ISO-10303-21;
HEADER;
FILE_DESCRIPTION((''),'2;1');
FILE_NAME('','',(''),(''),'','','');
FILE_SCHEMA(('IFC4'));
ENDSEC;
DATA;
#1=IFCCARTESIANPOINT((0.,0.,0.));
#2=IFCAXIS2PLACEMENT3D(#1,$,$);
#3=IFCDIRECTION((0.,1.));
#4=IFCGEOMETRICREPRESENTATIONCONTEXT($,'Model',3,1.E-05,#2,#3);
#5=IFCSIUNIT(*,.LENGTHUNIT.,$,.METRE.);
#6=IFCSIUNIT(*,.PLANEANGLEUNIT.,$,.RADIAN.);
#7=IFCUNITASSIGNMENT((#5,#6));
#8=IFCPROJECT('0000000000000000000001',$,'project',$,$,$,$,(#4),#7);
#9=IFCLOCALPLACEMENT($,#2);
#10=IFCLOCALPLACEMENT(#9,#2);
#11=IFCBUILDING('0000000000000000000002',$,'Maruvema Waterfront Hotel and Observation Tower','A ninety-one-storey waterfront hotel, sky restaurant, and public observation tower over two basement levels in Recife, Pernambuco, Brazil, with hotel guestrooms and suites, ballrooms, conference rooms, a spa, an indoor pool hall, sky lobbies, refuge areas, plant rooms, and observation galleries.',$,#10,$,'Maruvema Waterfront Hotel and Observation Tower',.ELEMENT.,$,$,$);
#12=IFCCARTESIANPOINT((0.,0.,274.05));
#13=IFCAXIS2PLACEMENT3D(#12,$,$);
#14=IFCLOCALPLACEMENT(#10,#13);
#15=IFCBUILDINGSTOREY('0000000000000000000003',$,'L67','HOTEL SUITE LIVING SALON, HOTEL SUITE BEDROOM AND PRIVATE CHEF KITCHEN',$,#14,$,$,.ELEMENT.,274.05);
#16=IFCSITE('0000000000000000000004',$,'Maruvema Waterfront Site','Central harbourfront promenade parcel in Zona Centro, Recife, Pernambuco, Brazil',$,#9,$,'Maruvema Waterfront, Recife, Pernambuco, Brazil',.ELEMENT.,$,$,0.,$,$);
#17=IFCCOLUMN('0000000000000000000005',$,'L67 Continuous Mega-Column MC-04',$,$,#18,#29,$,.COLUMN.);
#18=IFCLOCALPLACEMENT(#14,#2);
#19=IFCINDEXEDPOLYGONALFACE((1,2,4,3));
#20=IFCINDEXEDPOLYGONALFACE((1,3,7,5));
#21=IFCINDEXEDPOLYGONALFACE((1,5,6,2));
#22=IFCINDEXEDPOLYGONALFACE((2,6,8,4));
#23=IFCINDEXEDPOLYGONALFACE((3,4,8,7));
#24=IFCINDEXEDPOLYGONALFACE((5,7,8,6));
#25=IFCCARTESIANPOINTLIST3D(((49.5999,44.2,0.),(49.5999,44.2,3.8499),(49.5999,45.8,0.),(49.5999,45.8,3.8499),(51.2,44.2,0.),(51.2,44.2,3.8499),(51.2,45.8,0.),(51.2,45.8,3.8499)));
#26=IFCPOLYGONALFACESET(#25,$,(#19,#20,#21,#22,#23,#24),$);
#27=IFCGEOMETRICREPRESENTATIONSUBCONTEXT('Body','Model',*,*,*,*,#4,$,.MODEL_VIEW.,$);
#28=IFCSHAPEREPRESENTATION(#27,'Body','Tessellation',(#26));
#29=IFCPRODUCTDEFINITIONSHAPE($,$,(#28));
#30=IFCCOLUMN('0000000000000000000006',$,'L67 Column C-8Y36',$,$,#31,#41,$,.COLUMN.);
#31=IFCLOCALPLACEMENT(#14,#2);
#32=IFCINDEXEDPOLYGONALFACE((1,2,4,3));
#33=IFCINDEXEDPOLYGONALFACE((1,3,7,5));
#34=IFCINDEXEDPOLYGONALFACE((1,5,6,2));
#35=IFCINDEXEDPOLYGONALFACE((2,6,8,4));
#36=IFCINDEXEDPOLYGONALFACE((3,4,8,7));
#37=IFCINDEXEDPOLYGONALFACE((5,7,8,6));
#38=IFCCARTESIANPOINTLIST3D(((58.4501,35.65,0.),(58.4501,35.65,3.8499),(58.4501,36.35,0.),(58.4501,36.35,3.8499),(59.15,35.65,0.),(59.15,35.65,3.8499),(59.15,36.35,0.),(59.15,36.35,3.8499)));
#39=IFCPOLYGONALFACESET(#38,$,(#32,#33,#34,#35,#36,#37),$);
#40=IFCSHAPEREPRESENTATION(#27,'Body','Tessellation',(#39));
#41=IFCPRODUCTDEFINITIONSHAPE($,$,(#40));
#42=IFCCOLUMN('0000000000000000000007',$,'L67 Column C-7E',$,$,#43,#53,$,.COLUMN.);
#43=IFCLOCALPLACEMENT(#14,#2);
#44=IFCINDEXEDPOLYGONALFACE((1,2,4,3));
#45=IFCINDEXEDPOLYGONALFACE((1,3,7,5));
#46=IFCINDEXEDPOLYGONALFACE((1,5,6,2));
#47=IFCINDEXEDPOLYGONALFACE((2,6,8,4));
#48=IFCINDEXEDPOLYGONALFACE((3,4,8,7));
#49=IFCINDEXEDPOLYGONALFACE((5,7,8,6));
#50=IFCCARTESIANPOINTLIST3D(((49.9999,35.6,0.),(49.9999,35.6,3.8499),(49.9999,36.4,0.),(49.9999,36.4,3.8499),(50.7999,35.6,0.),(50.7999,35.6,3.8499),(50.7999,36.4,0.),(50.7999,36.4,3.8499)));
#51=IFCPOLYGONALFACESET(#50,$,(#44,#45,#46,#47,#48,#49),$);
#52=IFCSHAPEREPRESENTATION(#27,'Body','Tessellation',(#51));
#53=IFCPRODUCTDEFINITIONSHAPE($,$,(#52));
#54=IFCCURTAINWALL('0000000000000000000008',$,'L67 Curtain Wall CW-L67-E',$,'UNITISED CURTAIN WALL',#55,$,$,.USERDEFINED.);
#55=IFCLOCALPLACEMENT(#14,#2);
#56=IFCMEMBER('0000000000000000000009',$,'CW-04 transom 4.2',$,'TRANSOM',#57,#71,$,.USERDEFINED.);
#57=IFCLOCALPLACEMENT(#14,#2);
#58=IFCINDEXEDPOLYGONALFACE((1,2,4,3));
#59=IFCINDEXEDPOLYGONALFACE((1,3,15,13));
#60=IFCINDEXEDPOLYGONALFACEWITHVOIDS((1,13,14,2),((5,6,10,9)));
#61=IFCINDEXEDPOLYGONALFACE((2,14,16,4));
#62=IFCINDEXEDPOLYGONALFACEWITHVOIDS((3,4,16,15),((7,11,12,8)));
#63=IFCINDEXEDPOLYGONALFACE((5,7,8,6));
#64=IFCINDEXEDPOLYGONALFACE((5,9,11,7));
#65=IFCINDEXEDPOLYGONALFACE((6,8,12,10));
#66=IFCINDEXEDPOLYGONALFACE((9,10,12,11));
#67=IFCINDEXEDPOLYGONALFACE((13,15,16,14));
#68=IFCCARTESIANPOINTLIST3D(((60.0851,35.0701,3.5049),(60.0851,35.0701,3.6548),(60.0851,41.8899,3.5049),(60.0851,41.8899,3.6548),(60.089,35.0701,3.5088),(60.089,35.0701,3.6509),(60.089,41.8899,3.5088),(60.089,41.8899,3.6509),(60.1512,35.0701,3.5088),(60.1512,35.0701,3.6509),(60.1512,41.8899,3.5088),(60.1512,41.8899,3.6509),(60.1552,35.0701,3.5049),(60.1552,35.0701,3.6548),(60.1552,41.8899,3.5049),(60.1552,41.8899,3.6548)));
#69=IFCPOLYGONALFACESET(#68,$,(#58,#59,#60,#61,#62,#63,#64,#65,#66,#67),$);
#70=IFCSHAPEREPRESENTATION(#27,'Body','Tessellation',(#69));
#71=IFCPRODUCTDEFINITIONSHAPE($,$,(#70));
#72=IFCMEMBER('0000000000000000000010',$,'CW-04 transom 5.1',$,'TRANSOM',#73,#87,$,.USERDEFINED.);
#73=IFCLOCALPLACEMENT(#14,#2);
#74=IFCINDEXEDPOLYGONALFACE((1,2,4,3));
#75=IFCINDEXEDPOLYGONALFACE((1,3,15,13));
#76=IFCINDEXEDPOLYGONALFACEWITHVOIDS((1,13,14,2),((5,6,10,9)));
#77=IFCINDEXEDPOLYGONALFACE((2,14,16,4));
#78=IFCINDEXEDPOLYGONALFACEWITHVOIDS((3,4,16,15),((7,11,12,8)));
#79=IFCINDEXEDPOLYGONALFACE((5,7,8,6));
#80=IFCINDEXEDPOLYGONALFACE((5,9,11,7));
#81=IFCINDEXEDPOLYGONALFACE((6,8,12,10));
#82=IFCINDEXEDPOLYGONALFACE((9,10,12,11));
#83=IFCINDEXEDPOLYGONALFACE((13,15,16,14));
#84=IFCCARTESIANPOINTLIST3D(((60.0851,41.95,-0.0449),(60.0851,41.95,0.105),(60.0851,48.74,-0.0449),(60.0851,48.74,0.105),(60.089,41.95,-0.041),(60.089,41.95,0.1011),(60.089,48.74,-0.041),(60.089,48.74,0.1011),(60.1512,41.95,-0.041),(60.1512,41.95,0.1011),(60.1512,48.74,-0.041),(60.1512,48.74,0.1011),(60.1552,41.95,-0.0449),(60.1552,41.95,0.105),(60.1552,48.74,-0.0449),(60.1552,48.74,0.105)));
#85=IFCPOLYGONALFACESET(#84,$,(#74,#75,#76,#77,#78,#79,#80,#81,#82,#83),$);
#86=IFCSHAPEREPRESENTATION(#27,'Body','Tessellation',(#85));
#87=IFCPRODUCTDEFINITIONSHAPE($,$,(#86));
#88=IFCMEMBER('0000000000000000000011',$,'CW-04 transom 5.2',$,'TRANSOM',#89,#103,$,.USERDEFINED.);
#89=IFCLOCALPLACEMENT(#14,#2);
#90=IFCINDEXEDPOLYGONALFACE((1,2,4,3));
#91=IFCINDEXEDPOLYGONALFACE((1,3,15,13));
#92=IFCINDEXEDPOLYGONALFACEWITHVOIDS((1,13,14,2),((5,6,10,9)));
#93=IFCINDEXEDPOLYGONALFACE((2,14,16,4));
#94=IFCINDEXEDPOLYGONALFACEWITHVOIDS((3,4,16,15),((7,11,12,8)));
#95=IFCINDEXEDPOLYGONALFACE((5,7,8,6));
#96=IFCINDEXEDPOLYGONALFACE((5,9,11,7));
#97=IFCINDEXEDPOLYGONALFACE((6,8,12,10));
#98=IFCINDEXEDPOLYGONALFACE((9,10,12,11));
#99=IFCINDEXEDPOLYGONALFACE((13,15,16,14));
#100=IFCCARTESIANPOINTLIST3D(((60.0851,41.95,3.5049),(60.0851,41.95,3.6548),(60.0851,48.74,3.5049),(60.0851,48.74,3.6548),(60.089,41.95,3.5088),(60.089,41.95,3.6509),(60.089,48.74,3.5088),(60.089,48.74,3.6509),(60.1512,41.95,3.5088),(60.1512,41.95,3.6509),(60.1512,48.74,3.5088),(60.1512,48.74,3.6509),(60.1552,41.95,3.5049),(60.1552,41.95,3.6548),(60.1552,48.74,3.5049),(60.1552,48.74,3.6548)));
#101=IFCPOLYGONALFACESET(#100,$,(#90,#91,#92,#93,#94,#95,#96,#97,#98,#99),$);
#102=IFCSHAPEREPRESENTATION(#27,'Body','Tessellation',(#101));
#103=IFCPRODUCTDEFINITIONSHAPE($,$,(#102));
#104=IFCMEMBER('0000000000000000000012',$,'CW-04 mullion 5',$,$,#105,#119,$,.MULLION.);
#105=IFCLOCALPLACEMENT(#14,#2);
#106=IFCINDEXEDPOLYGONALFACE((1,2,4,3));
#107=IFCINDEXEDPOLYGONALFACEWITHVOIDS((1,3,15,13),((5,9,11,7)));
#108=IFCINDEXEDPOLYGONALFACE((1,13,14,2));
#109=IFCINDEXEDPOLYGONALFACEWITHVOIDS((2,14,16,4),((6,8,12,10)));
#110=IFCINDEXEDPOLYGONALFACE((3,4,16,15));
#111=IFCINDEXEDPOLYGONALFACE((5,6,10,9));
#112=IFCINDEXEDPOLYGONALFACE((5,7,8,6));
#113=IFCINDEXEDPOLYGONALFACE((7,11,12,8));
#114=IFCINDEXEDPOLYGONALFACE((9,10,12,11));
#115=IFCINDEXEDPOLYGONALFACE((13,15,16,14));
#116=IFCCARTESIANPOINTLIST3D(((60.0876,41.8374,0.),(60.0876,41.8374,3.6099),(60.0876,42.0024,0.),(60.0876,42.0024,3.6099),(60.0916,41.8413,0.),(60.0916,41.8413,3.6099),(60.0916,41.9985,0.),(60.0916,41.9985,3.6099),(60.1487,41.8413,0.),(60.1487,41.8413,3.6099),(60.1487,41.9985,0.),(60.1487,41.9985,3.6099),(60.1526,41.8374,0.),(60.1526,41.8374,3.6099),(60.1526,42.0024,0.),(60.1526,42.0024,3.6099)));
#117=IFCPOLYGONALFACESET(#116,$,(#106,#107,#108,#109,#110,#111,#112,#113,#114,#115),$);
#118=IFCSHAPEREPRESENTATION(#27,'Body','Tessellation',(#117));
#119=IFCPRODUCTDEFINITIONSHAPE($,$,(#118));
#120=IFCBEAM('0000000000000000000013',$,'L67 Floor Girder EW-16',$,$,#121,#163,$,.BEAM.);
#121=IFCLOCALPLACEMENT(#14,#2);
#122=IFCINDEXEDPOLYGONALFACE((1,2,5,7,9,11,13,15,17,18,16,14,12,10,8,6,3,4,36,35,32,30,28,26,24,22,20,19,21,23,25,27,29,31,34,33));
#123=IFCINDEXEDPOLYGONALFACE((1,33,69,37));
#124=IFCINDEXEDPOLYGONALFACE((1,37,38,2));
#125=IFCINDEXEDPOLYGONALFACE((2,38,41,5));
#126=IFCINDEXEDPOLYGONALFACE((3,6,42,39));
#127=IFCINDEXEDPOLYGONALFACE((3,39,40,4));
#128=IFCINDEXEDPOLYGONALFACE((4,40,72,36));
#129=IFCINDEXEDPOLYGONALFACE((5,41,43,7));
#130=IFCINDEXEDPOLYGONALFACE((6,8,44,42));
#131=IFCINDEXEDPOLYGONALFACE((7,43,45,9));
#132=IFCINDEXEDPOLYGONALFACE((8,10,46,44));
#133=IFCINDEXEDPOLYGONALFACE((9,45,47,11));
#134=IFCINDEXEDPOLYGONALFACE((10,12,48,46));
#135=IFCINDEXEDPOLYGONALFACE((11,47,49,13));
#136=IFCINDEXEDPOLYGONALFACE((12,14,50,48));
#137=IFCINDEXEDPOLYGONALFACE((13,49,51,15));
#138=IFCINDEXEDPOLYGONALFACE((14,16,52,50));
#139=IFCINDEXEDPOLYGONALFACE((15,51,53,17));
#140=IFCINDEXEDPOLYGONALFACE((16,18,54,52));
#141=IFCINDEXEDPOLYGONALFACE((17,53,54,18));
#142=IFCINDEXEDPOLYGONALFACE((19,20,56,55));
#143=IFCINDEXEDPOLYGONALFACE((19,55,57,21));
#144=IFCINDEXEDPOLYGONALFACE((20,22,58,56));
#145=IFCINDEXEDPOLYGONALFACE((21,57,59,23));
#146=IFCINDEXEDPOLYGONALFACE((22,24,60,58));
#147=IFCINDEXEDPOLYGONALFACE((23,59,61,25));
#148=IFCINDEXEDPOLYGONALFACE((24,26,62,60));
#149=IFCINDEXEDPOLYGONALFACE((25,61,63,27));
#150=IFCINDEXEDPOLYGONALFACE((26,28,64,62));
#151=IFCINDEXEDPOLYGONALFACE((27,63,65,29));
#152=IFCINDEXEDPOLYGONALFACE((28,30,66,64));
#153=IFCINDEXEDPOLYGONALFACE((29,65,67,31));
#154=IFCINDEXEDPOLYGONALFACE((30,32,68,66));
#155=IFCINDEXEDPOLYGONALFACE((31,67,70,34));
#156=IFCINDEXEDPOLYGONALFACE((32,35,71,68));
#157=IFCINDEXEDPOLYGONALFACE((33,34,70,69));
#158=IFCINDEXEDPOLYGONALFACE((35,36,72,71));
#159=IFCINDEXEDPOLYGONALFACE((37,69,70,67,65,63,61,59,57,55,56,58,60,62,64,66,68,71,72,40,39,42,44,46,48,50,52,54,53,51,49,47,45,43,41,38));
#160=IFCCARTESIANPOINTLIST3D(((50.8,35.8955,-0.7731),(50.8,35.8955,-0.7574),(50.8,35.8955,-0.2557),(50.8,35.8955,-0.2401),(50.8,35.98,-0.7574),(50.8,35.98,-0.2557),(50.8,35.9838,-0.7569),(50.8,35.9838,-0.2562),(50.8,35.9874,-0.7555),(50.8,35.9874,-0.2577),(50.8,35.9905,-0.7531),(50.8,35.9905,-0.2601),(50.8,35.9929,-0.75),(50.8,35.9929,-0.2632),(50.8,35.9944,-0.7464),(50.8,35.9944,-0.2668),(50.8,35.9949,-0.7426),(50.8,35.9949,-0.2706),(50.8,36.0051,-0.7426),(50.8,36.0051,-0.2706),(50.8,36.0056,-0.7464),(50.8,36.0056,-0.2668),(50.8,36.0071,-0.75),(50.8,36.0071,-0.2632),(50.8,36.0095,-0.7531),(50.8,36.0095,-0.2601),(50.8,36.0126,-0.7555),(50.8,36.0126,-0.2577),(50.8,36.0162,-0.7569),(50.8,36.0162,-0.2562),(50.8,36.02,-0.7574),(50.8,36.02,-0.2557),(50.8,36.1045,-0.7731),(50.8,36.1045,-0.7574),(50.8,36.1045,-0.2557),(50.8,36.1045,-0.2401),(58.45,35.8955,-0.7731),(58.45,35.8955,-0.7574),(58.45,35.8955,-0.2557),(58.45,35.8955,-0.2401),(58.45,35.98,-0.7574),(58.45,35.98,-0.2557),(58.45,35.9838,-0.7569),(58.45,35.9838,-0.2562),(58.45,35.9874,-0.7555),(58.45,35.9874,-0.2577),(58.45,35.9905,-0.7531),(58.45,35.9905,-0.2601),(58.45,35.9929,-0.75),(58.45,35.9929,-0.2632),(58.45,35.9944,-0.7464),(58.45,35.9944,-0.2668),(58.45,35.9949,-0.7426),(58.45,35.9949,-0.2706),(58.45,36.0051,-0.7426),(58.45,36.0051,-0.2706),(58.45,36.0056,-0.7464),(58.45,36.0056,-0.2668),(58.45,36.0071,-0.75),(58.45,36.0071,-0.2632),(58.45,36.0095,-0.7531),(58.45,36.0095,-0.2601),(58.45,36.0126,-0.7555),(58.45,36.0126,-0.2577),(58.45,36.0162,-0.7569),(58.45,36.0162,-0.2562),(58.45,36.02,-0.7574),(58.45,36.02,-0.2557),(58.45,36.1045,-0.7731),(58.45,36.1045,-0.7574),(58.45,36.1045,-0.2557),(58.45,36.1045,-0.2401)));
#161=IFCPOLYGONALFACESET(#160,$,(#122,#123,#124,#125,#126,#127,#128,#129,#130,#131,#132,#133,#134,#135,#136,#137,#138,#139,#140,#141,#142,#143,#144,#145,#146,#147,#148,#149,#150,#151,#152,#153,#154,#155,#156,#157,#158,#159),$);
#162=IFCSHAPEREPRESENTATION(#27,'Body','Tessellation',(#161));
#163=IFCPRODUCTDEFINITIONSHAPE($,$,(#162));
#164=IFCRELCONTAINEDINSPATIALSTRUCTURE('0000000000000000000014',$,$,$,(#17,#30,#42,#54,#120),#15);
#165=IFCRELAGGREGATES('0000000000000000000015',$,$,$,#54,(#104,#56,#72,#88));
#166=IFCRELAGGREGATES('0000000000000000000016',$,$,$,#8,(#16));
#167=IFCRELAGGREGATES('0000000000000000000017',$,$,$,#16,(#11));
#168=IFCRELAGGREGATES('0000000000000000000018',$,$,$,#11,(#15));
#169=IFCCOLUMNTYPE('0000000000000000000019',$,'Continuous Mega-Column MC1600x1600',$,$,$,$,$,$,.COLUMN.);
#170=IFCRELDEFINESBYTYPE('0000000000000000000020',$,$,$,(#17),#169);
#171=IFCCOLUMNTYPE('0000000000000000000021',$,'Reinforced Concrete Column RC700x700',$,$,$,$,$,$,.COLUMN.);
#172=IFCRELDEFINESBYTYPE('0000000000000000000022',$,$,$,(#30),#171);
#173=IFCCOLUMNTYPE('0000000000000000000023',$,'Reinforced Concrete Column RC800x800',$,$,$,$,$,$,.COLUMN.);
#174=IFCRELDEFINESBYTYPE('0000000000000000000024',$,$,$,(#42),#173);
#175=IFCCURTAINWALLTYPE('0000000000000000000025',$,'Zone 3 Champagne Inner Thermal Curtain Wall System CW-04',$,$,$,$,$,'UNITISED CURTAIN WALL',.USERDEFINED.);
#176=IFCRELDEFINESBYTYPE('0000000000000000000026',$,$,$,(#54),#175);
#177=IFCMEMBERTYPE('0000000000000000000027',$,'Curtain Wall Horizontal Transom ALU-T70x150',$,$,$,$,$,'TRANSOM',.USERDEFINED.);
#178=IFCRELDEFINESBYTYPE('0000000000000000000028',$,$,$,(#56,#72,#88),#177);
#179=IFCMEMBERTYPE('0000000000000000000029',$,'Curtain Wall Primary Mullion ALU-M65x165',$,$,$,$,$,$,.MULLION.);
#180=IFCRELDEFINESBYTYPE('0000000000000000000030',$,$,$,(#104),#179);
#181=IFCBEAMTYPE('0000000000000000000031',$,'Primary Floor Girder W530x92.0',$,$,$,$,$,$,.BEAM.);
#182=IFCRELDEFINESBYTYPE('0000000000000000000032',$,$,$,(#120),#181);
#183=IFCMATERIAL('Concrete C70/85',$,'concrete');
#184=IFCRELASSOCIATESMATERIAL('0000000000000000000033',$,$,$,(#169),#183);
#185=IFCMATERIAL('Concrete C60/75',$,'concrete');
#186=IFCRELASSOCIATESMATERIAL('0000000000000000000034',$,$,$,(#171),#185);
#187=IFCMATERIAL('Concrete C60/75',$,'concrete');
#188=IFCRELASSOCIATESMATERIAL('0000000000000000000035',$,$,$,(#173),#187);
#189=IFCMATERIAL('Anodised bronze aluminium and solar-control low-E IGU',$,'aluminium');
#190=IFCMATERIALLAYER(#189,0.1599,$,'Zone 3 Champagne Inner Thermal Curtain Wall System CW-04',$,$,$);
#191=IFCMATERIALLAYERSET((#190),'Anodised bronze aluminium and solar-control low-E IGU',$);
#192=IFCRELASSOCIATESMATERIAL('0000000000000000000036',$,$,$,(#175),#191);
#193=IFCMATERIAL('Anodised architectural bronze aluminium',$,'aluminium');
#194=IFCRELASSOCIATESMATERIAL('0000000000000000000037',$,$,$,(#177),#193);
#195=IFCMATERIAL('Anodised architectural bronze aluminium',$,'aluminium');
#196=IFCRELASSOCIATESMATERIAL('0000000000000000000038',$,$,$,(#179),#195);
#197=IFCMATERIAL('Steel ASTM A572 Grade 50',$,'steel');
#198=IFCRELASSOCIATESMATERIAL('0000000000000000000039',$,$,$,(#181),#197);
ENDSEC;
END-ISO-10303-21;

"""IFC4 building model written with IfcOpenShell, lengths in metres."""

from ifc_helpers import new_model, si_unit, direction, frame, origin, origin_2d, place, context, subcontext, project, spatial, rectangle, hollow_rectangle, i_section, extrude, material, layer, layer_set, material_profile, profile_set, type_object, element, aggregate, save


model = new_model("IFC4")

# Units and contexts
model_context = context("Model", 3, precision=1e-05, world=origin(), true_north=direction((0.0, 1.0)))
body_context = subcontext(model_context, "Body", "Model", "MODEL_VIEW")
ifc_project = project(units=[si_unit("LENGTHUNIT", "METRE"), si_unit("PLANEANGLEUNIT", "RADIAN")], contexts=[model_context])

# Site, building, storey
site_placement = place(None, origin())
site = spatial("IfcSite", under=ifc_project, at=site_placement, Name="Maruvema Waterfront Site", Description="Central harbourfront promenade parcel in Zona Centro, Recife, Pernambuco, Brazil", LongName="Maruvema Waterfront, Recife, Pernambuco, Brazil", CompositionType="ELEMENT", RefElevation=0.0)
building_placement = place(site_placement, origin())
building = spatial("IfcBuilding", under=site, at=building_placement, Name="Maruvema Waterfront Hotel and Observation Tower", Description="A ninety-one-storey waterfront hotel, sky restaurant, and public observation tower over two basement levels in Recife, Pernambuco, Brazil, with hotel guestrooms and suites, ballrooms, conference rooms, a spa, an indoor pool hall, sky lobbies, refuge areas, plant rooms, and observation galleries.", LongName="Maruvema Waterfront Hotel and Observation Tower", CompositionType="ELEMENT")
storey_placement = place(building_placement, frame((0.0, 0.0, 274.05)))
storey = spatial("IfcBuildingStorey", under=building, at=storey_placement, Name="L67", Description="HOTEL SUITE LIVING SALON, HOTEL SUITE BEDROOM AND PRIVATE CHEF KITCHEN", CompositionType="ELEMENT", Elevation=274.05)

# Columns
ifc_material_1 = material(Name="Concrete C70/85", Category="concrete")
ifc_material_profile_1 = material_profile(ifc_material_1, rectangle(XDim=1.6001, YDim=1.6001, at=origin_2d()), Name="MC1600x1600")
ifc_profile_set_1 = profile_set([ifc_material_profile_1], Name="Concrete C70/85")
column_type_1 = type_object("IfcColumnType", Name="Continuous Mega-Column MC1600x1600", PredefinedType="COLUMN", material=ifc_profile_set_1)
column_1_placement = place(storey_placement, frame((50.3999, 45.0, 0.0), z_axis=(0.0, 0.0, 1.0), x_axis=(1.0, 0.0, 0.0)))
element("IfcColumn", 1, at=column_1_placement, inside=storey, type_object=column_type_1, Name="L67 Continuous Mega-Column MC-04", PredefinedType="COLUMN", context=body_context, shape_type="SweptSolid", body=[
    extrude(rectangle(XDim=1.6001, YDim=1.6001, at=origin_2d()), origin(), (0.0, 0.0, 1.0), 3.8499),
])
ifc_material_2 = material(Name="Concrete C60/75", Category="concrete")
ifc_material_profile_2 = material_profile(ifc_material_2, rectangle(XDim=0.7, YDim=0.7, at=origin_2d()), Name="RC700x700")
ifc_profile_set_2 = profile_set([ifc_material_profile_2], Name="Concrete C60/75")
column_type_2 = type_object("IfcColumnType", Name="Reinforced Concrete Column RC700x700", PredefinedType="COLUMN", material=ifc_profile_set_2)
column_2_placement = place(storey_placement, frame((58.8, 36.0, 0.0), z_axis=(0.0, 0.0, 1.0), x_axis=(1.0, 0.0, 0.0)))
element("IfcColumn", 2, at=column_2_placement, inside=storey, type_object=column_type_2, Name="L67 Column C-8Y36", PredefinedType="COLUMN", context=body_context, shape_type="SweptSolid", body=[
    extrude(rectangle(XDim=0.7, YDim=0.7, at=origin_2d()), origin(), (0.0, 0.0, 1.0), 3.8499),
])
ifc_material_3 = material(Name="Concrete C60/75", Category="concrete")
ifc_material_profile_3 = material_profile(ifc_material_3, rectangle(XDim=0.8, YDim=0.8, at=origin_2d()), Name="RC800x800")
ifc_profile_set_3 = profile_set([ifc_material_profile_3], Name="Concrete C60/75")
column_type_3 = type_object("IfcColumnType", Name="Reinforced Concrete Column RC800x800", PredefinedType="COLUMN", material=ifc_profile_set_3)
column_3_placement = place(storey_placement, frame((50.3999, 36.0, 0.0), z_axis=(0.0, 0.0, 1.0), x_axis=(1.0, 0.0, 0.0)))
element("IfcColumn", 3, at=column_3_placement, inside=storey, type_object=column_type_3, Name="L67 Column C-7E", PredefinedType="COLUMN", context=body_context, shape_type="SweptSolid", body=[
    extrude(rectangle(XDim=0.8, YDim=0.8, at=origin_2d()), origin(), (0.0, 0.0, 1.0), 3.8499),
])

# Curtain wall, members
ifc_material_4 = material(Name="Anodised bronze aluminium and solar-control low-E IGU", Category="aluminium")
ifc_layer_1 = layer(ifc_material_4, 0.1599, Name="Zone 3 Champagne Inner Thermal Curtain Wall System CW-04")
ifc_layer_set_1 = layer_set([ifc_layer_1], Name="Anodised bronze aluminium and solar-control low-E IGU")
curtain_wall_type = type_object("IfcCurtainWallType", Name="Zone 3 Champagne Inner Thermal Curtain Wall System CW-04", ElementType="UNITISED CURTAIN WALL", PredefinedType="USERDEFINED", material=ifc_layer_set_1)
curtain_wall_placement = place(storey_placement, origin())
curtain_wall = element("IfcCurtainWall", 4, at=curtain_wall_placement, inside=storey, type_object=curtain_wall_type, Name="L67 Curtain Wall CW-L67-E", ObjectType="UNITISED CURTAIN WALL", PredefinedType="USERDEFINED")
ifc_material_5 = material(Name="Anodised architectural bronze aluminium", Category="aluminium")
ifc_material_profile_4 = material_profile(ifc_material_5, hollow_rectangle(XDim=0.0701, YDim=0.1499, WallThickness=0.0039, at=origin_2d()), Name="ALU-T70x150")
ifc_profile_set_4 = profile_set([ifc_material_profile_4], Name="Anodised architectural bronze aluminium")
member_type_1 = type_object("IfcMemberType", Name="Curtain Wall Horizontal Transom ALU-T70x150", ElementType="TRANSOM", PredefinedType="USERDEFINED", material=ifc_profile_set_4)
member_1_placement = place(storey_placement, frame((60.1201, 35.0701, 3.5798), z_axis=(0.0, 1.0, 0.0), x_axis=(-1.0, 0.0, 0.0)))
member_1 = element("IfcMember", 5, at=member_1_placement, type_object=member_type_1, Name="CW-04 transom 4.2", ObjectType="TRANSOM", PredefinedType="USERDEFINED", context=body_context, shape_type="SweptSolid", body=[
    extrude(hollow_rectangle(XDim=0.0701, YDim=0.1499, WallThickness=0.0039, at=origin_2d()), origin(), (0.0, 0.0, 1.0), 6.8198),
])
member_2_placement = place(storey_placement, frame((60.1201, 41.95, 0.03), z_axis=(0.0, 1.0, 0.0), x_axis=(-1.0, 0.0, 0.0)))
member_2 = element("IfcMember", 6, at=member_2_placement, type_object=member_type_1, Name="CW-04 transom 5.1", ObjectType="TRANSOM", PredefinedType="USERDEFINED", context=body_context, shape_type="SweptSolid", body=[
    extrude(hollow_rectangle(XDim=0.0701, YDim=0.1499, WallThickness=0.0039, at=origin_2d()), origin(), (0.0, 0.0, 1.0), 6.79),
])
member_3_placement = place(storey_placement, frame((60.1201, 41.95, 3.5798), z_axis=(0.0, 1.0, 0.0), x_axis=(-1.0, 0.0, 0.0)))
member_3 = element("IfcMember", 7, at=member_3_placement, type_object=member_type_1, Name="CW-04 transom 5.2", ObjectType="TRANSOM", PredefinedType="USERDEFINED", context=body_context, shape_type="SweptSolid", body=[
    extrude(hollow_rectangle(XDim=0.0701, YDim=0.1499, WallThickness=0.0039, at=origin_2d()), origin(), (0.0, 0.0, 1.0), 6.79),
])
ifc_material_6 = material(Name="Anodised architectural bronze aluminium", Category="aluminium")
ifc_material_profile_5 = material_profile(ifc_material_6, hollow_rectangle(XDim=0.0649, YDim=0.165, WallThickness=0.0039, at=origin_2d()), Name="ALU-M65x165")
ifc_profile_set_5 = profile_set([ifc_material_profile_5], Name="Anodised architectural bronze aluminium")
member_type_2 = type_object("IfcMemberType", Name="Curtain Wall Primary Mullion ALU-M65x165", PredefinedType="MULLION", material=ifc_profile_set_5)
member_4_placement = place(storey_placement, frame((60.1201, 41.9199, 0.0), z_axis=(0.0, 0.0, 1.0), x_axis=(-1.0, 0.0, 0.0)))
member_4 = element("IfcMember", 8, at=member_4_placement, type_object=member_type_2, Name="CW-04 mullion 5", PredefinedType="MULLION", context=body_context, shape_type="SweptSolid", body=[
    extrude(hollow_rectangle(XDim=0.0649, YDim=0.165, WallThickness=0.0039, at=origin_2d()), origin(), (0.0, 0.0, 1.0), 3.6099),
])

# Beam
ifc_material_7 = material(Name="Steel ASTM A572 Grade 50", Category="steel")
ifc_material_profile_6 = material_profile(ifc_material_7, i_section(OverallWidth=0.209, OverallDepth=0.533, WebThickness=0.0103, FlangeThickness=0.0156, FilletRadius=0.0149, at=origin_2d()), Name="W530x92.0")
ifc_profile_set_6 = profile_set([ifc_material_profile_6], Name="Steel ASTM A572 Grade 50")
beam_type_1 = type_object("IfcBeamType", Name="Primary Floor Girder W530x92.0", PredefinedType="BEAM", material=ifc_profile_set_6)
beam_1_placement = place(storey_placement, frame((50.8, 36.0, -0.5066), z_axis=(1.0, 0.0, 0.0), x_axis=(0.0, 1.0, 0.0)))
element("IfcBeam", 9, at=beam_1_placement, inside=storey, type_object=beam_type_1, Name="L67 Floor Girder EW-16", PredefinedType="BEAM", context=body_context, shape_type="SweptSolid", body=[
    extrude(i_section(OverallWidth=0.209, OverallDepth=0.533, WebThickness=0.0103, FlangeThickness=0.0156, FilletRadius=0.0149, at=origin_2d()), origin(), (0.0, 0.0, 1.0), 7.6499),
])

aggregate(curtain_wall, [member_4, member_1, member_2, member_3])

save(model, "model.ifc")
